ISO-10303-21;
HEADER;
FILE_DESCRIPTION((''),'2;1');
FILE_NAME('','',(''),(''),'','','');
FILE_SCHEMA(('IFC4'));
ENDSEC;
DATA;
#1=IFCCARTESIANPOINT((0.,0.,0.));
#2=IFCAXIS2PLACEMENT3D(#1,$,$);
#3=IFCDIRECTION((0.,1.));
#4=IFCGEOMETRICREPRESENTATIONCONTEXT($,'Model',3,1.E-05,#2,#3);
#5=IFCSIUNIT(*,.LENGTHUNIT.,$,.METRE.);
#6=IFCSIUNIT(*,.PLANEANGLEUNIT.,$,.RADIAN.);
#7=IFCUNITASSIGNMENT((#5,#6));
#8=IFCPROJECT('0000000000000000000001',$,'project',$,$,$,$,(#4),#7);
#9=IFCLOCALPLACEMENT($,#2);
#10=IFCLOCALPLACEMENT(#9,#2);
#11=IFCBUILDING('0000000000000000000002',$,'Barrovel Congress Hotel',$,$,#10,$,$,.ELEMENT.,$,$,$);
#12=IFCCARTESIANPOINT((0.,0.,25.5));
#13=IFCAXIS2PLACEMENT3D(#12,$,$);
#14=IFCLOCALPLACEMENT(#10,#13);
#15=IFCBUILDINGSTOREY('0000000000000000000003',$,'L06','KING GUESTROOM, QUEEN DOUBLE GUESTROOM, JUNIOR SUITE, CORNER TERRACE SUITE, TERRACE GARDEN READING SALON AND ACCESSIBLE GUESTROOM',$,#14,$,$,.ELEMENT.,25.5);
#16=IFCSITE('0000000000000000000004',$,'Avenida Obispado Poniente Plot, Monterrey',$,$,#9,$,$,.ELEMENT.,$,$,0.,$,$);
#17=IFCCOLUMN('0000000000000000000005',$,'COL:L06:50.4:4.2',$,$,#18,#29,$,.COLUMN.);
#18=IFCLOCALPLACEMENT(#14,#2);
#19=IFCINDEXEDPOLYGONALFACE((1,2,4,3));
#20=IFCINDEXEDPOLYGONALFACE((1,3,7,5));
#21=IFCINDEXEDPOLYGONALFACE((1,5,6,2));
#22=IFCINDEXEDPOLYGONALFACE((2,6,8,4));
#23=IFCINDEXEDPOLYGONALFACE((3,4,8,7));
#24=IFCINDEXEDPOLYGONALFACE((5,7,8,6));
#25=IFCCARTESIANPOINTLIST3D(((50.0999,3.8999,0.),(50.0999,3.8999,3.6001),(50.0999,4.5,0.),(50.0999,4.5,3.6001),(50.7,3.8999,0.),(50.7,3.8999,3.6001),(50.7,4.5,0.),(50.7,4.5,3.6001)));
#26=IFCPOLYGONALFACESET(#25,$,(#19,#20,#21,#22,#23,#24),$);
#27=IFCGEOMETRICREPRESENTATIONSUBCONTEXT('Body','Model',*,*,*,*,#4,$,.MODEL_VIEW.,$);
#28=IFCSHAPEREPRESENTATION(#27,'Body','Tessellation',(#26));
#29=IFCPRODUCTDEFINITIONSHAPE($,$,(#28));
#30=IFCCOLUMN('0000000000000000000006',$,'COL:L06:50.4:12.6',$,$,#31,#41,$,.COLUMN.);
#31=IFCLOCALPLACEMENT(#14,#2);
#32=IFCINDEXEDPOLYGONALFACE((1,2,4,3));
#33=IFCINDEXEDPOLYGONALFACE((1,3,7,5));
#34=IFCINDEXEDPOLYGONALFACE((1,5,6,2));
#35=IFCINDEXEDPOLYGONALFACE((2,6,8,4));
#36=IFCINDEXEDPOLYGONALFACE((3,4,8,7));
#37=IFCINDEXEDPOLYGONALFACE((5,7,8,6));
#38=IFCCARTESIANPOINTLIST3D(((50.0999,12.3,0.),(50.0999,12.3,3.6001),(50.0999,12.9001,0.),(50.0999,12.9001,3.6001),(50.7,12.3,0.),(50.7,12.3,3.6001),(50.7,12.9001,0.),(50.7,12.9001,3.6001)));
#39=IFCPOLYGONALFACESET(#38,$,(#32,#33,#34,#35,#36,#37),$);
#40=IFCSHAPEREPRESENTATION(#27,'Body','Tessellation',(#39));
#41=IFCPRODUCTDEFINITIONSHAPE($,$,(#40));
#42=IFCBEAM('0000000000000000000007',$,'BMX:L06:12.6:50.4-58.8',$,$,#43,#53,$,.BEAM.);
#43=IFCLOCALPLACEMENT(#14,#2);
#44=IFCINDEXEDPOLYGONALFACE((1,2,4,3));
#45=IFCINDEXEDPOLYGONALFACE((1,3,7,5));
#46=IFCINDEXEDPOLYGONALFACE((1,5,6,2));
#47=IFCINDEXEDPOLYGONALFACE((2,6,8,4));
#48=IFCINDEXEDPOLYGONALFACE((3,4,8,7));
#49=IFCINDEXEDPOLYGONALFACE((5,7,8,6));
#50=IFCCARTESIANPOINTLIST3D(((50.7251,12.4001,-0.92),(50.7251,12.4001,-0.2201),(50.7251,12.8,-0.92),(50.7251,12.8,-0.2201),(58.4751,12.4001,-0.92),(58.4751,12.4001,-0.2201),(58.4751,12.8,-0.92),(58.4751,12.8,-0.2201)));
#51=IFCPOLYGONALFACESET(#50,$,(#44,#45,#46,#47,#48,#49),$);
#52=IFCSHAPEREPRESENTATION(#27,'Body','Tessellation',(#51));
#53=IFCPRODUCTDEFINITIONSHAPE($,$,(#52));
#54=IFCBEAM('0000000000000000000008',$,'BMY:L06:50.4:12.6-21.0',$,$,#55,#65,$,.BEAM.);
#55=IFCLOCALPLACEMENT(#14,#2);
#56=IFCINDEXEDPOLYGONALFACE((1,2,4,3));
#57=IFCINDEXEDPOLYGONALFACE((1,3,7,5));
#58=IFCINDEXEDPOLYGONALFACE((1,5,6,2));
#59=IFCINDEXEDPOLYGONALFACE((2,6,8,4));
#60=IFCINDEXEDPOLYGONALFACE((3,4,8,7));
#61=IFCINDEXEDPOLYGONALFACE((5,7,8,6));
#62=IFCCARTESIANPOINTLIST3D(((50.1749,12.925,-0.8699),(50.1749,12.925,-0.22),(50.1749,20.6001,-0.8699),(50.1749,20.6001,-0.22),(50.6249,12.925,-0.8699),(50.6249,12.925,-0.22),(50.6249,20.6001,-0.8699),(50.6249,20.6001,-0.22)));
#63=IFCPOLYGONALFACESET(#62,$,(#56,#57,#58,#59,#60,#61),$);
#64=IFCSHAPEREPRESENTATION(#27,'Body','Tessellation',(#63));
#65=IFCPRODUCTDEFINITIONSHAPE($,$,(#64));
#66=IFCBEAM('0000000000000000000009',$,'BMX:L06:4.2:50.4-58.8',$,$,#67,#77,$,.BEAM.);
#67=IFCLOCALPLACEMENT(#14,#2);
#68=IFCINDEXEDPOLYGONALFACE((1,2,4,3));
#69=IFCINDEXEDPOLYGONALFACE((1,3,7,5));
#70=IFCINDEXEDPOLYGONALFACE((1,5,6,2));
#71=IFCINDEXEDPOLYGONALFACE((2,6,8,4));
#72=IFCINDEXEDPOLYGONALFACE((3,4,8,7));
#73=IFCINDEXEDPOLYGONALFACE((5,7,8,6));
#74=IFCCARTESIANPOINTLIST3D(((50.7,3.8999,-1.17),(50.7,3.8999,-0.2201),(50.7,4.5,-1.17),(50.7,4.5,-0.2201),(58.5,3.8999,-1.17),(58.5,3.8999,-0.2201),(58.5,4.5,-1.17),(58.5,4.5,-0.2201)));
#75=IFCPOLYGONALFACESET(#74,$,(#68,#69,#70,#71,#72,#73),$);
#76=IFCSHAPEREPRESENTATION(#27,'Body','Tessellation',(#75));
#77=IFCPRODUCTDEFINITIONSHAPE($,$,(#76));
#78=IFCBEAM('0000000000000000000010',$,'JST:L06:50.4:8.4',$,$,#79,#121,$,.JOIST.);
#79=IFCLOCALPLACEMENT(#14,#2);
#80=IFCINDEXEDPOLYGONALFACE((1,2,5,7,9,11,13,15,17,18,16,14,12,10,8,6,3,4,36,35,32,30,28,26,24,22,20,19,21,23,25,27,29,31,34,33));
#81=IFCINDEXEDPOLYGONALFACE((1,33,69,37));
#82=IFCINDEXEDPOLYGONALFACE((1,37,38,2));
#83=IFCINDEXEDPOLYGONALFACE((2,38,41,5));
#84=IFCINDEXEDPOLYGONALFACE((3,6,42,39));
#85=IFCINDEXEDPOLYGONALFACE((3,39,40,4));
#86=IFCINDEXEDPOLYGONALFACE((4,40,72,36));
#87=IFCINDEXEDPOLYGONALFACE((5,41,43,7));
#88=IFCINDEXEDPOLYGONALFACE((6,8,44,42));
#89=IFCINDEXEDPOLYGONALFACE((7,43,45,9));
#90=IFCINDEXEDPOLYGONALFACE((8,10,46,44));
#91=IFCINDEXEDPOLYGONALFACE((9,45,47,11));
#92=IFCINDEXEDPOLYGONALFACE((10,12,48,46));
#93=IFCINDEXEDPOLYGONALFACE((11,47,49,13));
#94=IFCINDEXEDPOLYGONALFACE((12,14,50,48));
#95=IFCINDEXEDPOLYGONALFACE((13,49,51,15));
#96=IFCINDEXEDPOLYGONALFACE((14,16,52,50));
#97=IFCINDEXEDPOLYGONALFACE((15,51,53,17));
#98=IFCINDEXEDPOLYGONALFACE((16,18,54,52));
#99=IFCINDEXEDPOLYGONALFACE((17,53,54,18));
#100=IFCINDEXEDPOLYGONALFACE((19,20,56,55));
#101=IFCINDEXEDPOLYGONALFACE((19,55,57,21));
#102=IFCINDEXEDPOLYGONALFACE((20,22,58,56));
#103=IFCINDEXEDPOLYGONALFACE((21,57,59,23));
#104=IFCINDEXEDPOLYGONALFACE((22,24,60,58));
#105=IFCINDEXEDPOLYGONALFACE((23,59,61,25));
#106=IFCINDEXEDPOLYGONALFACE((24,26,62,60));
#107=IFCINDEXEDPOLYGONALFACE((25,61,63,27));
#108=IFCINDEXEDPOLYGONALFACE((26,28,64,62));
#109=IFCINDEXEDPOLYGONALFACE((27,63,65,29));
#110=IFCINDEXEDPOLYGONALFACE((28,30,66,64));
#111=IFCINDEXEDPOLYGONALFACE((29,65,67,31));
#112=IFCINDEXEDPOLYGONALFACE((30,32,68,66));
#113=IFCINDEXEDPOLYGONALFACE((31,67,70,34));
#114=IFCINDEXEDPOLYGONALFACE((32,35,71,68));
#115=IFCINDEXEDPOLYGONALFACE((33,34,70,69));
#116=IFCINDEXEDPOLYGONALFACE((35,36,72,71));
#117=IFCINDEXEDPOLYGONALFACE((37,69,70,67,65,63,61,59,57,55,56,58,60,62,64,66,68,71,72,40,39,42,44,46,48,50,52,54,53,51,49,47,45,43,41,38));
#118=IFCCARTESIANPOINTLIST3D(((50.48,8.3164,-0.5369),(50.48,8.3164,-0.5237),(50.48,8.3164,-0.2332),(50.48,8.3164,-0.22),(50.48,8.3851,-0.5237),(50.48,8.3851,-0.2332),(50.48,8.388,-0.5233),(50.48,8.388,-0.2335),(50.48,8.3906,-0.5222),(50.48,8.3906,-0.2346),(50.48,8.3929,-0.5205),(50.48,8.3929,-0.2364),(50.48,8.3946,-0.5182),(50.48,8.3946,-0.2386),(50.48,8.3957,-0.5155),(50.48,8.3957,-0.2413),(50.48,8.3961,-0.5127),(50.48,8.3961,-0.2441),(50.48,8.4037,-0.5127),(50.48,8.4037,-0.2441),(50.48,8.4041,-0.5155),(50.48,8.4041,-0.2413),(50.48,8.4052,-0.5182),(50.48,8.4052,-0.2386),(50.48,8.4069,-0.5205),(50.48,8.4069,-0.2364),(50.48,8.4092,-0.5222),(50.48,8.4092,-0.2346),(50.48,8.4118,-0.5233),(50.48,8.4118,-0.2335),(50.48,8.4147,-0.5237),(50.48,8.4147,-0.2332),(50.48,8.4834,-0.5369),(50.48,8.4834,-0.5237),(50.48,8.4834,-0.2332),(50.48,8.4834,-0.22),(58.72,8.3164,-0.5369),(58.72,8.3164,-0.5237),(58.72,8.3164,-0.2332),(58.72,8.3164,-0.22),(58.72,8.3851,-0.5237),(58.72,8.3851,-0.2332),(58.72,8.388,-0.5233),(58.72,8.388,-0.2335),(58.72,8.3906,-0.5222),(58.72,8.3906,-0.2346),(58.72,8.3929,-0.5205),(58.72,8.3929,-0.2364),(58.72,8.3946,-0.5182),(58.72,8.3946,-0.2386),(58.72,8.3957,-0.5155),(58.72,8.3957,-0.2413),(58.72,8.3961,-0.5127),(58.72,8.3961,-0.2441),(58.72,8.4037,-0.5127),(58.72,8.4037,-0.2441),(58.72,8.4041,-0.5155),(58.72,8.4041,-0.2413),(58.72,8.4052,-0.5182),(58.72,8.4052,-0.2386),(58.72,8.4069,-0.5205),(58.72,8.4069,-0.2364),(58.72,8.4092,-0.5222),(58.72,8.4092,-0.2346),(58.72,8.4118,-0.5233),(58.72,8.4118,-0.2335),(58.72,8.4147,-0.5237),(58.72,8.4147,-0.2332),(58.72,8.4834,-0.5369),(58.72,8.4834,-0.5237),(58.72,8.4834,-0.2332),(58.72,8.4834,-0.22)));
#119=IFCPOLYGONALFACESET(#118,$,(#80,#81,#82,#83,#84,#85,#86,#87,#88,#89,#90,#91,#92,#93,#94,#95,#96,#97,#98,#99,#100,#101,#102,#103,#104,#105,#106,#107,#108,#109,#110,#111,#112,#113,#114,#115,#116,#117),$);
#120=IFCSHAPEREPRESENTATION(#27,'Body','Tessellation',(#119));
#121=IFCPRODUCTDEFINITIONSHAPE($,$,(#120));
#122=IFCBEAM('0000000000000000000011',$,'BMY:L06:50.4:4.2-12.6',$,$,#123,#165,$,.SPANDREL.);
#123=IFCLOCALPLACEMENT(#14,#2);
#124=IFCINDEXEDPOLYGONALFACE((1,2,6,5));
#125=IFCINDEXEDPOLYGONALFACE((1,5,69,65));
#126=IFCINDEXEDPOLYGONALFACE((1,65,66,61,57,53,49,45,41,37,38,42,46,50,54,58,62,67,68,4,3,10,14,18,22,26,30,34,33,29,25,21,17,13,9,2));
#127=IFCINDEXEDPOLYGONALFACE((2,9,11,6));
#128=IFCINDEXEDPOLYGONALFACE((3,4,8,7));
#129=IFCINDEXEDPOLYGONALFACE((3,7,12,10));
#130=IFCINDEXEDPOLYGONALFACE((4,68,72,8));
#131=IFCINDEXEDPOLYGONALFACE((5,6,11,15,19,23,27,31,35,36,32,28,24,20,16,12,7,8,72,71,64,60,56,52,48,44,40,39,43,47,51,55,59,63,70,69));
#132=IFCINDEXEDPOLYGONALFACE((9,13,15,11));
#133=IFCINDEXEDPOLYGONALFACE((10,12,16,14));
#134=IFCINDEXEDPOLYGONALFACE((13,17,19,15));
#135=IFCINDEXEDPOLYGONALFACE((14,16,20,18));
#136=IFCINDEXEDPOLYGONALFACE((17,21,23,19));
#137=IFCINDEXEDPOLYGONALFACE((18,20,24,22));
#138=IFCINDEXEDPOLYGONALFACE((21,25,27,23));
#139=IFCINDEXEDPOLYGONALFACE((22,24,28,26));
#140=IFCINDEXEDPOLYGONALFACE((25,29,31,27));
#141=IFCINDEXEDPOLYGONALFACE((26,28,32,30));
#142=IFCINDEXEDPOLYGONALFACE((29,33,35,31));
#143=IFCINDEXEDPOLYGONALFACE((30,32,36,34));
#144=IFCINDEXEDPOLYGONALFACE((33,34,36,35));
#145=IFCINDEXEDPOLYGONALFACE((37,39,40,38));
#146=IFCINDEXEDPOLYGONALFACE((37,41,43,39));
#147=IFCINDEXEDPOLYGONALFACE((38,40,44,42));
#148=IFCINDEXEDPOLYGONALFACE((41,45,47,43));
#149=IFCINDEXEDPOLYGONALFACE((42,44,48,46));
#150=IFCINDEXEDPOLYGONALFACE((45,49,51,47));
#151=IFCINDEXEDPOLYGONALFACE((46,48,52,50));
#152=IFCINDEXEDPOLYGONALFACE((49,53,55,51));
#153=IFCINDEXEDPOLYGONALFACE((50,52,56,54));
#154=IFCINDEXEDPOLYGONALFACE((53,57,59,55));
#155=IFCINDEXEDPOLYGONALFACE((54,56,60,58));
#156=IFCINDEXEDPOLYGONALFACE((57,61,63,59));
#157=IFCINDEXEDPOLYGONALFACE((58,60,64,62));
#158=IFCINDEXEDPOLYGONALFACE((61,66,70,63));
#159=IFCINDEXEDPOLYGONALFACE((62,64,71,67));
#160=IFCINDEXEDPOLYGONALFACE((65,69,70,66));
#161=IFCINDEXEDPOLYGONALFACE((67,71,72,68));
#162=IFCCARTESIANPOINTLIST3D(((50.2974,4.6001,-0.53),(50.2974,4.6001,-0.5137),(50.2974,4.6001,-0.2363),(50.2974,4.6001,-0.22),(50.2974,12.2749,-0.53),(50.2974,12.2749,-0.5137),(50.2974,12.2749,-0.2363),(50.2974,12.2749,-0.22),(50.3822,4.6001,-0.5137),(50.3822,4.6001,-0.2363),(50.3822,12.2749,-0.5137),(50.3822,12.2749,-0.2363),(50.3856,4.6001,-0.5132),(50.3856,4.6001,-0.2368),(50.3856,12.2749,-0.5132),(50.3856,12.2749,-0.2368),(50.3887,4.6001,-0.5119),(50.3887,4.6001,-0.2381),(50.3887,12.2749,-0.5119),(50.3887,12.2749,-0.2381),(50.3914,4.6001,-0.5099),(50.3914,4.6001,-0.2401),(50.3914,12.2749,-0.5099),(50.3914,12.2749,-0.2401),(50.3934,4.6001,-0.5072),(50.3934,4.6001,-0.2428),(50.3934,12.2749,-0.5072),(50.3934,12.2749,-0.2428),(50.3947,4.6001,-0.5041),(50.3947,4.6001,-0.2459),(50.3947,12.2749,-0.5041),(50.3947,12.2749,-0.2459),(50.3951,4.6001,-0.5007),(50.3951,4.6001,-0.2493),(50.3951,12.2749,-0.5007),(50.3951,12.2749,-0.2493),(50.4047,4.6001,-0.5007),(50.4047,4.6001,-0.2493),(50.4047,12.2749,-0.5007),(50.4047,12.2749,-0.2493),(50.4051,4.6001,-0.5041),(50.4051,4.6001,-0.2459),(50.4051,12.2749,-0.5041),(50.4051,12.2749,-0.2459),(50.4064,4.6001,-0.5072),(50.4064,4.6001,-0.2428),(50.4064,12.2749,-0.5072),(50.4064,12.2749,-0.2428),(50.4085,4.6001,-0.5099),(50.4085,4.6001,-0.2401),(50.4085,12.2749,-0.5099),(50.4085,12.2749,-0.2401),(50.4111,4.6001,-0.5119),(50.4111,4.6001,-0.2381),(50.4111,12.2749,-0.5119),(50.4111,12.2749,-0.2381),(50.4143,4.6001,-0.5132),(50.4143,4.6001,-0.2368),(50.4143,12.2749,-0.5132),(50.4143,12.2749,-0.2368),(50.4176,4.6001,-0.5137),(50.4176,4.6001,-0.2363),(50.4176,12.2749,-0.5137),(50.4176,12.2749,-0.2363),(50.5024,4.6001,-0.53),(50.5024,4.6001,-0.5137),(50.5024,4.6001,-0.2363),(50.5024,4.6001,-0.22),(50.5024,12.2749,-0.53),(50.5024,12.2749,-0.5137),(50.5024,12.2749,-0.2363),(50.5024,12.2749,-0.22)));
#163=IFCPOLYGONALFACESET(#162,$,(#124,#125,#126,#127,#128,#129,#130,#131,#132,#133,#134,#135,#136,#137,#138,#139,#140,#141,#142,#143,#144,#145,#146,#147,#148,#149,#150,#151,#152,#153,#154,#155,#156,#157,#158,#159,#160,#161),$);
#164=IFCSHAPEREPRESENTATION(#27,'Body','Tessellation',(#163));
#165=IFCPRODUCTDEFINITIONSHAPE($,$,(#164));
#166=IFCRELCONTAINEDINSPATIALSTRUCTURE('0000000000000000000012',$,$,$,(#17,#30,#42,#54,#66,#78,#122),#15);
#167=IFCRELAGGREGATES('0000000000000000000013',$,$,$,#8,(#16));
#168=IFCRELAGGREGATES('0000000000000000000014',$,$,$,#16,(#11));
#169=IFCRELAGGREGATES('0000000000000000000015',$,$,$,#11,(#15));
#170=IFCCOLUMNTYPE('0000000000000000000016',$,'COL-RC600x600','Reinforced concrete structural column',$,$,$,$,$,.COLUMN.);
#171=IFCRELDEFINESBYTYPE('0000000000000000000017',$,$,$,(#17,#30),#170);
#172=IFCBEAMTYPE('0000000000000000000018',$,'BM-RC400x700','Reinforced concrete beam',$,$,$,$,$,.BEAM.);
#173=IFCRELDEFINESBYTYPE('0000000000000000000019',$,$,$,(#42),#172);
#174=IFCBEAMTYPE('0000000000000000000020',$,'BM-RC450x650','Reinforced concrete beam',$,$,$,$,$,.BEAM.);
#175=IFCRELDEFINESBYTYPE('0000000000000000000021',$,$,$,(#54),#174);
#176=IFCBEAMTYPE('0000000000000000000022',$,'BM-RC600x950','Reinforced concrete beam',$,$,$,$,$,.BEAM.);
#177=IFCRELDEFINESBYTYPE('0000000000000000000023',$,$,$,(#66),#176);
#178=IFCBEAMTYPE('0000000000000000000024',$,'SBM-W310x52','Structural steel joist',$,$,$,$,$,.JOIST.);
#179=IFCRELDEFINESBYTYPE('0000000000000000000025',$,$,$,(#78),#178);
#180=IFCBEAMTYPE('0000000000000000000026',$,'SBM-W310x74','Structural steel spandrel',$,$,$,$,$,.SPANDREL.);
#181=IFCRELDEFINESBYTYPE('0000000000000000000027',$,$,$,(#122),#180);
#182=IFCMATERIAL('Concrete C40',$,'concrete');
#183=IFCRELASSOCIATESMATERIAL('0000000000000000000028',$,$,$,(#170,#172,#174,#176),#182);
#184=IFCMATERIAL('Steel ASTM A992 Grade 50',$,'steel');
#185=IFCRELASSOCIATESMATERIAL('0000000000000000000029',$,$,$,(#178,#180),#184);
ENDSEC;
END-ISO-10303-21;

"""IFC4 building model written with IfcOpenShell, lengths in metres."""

from ifc_helpers import new_model, si_unit, direction, frame, origin, origin_2d, place, context, subcontext, project, spatial, rectangle, i_section, extrude, material, material_profile, profile_set, type_object, element, save


model = new_model("IFC4")

# Units and contexts
model_context = context("Model", 3, precision=1e-05, world=origin(), true_north=direction((0.0, 1.0)))
body_context = subcontext(model_context, "Body", "Model", "MODEL_VIEW")
ifc_project = project(units=[si_unit("LENGTHUNIT", "METRE"), si_unit("PLANEANGLEUNIT", "RADIAN")], contexts=[model_context])

# Site, building, storey
site_placement = place(None, origin())
site = spatial("IfcSite", under=ifc_project, at=site_placement, Name="Avenida Obispado Poniente Plot, Monterrey", CompositionType="ELEMENT", RefElevation=0.0)
building_placement = place(site_placement, origin())
building = spatial("IfcBuilding", under=site, at=building_placement, Name="Barrovel Congress Hotel", CompositionType="ELEMENT")
storey_placement = place(building_placement, frame((0.0, 0.0, 25.5)))
storey = spatial("IfcBuildingStorey", under=building, at=storey_placement, Name="L06", Description="KING GUESTROOM, QUEEN DOUBLE GUESTROOM, JUNIOR SUITE, CORNER TERRACE SUITE, TERRACE GARDEN READING SALON AND ACCESSIBLE GUESTROOM", CompositionType="ELEMENT", Elevation=25.5)

# Columns
ifc_material_1 = material(Name="Concrete C40", Category="concrete")
ifc_material_profile_1 = material_profile(ifc_material_1, rectangle(XDim=0.6001, YDim=0.6001, at=origin_2d()), Name="RC600x600")
ifc_profile_set_1 = profile_set([ifc_material_profile_1], Name="Concrete C40")
column_type = type_object("IfcColumnType", Name="COL-RC600x600", Description="Reinforced concrete structural column", PredefinedType="COLUMN", material=ifc_profile_set_1)
for number, where, z_axis, x_axis, name in (
    (1, (50.3999, 4.2, 0.0), (0.0, 0.0, 1.0), (1.0, 0.0, 0.0), "COL:L06:50.4:4.2"),
    (2, (50.3999, 12.6001, 0.0), (0.0, 0.0, 1.0), (1.0, 0.0, 0.0), "COL:L06:50.4:12.6"),
):
    element("IfcColumn", number, at=place(storey_placement, frame(where, z_axis=z_axis, x_axis=x_axis)), inside=storey, type_object=column_type, Name=name, PredefinedType="COLUMN", context=body_context, shape_type="SweptSolid", body=[
        extrude(rectangle(XDim=0.6001, YDim=0.6001, at=origin_2d()), origin(), (0.0, 0.0, 1.0), 3.6001),
    ])

# Beams
ifc_material_profile_2 = material_profile(ifc_material_1, rectangle(XDim=0.3999, YDim=0.7, at=origin_2d()), Name="RC400x700")
ifc_profile_set_2 = profile_set([ifc_material_profile_2], Name="Concrete C40")
beam_type_1 = type_object("IfcBeamType", Name="BM-RC400x700", Description="Reinforced concrete beam", PredefinedType="BEAM", material=ifc_profile_set_2)
beam_1_placement = place(storey_placement, frame((50.7251, 12.6001, -0.5701), z_axis=(1.0, 0.0, 0.0), x_axis=(0.0, 1.0, 0.0)))
element("IfcBeam", 3, at=beam_1_placement, inside=storey, type_object=beam_type_1, Name="BMX:L06:12.6:50.4-58.8", PredefinedType="BEAM", context=body_context, shape_type="SweptSolid", body=[
    extrude(rectangle(XDim=0.3999, YDim=0.7, at=origin_2d()), origin(), (0.0, 0.0, 1.0), 7.75),
])
ifc_material_profile_3 = material_profile(ifc_material_1, rectangle(XDim=0.45, YDim=0.6499, at=origin_2d()), Name="RC450x650")
ifc_profile_set_3 = profile_set([ifc_material_profile_3], Name="Concrete C40")
beam_type_2 = type_object("IfcBeamType", Name="BM-RC450x650", Description="Reinforced concrete beam", PredefinedType="BEAM", material=ifc_profile_set_3)
beam_2_placement = place(storey_placement, frame((50.3999, 12.925, -0.5449), z_axis=(0.0, 1.0, 0.0), x_axis=(-1.0, 0.0, 0.0)))
element("IfcBeam", 4, at=beam_2_placement, inside=storey, type_object=beam_type_2, Name="BMY:L06:50.4:12.6-21.0", PredefinedType="BEAM", context=body_context, shape_type="SweptSolid", body=[
    extrude(rectangle(XDim=0.45, YDim=0.6499, at=origin_2d()), origin(), (0.0, 0.0, 1.0), 7.675),
])
ifc_material_profile_4 = material_profile(ifc_material_1, rectangle(XDim=0.6001, YDim=0.95, at=origin_2d()), Name="RC600x950")
ifc_profile_set_4 = profile_set([ifc_material_profile_4], Name="Concrete C40")
beam_type_3 = type_object("IfcBeamType", Name="BM-RC600x950", Description="Reinforced concrete beam", PredefinedType="BEAM", material=ifc_profile_set_4)
beam_3_placement = place(storey_placement, frame((50.7, 4.2, -0.6951), z_axis=(1.0, 0.0, 0.0), x_axis=(0.0, 1.0, 0.0)))
element("IfcBeam", 5, at=beam_3_placement, inside=storey, type_object=beam_type_3, Name="BMX:L06:4.2:50.4-58.8", PredefinedType="BEAM", context=body_context, shape_type="SweptSolid", body=[
    extrude(rectangle(XDim=0.6001, YDim=0.95, at=origin_2d()), origin(), (0.0, 0.0, 1.0), 7.8),
])
ifc_material_2 = material(Name="Steel ASTM A992 Grade 50", Category="steel")
ifc_material_profile_5 = material_profile(ifc_material_2, i_section(OverallWidth=0.167, OverallDepth=0.3169, WebThickness=0.0076, FlangeThickness=0.0132, FilletRadius=0.011, at=origin_2d()), Name="W310x52")
ifc_profile_set_5 = profile_set([ifc_material_profile_5], Name="Steel ASTM A992 Grade 50")
beam_type_4 = type_object("IfcBeamType", Name="SBM-W310x52", Description="Structural steel joist", PredefinedType="JOIST", material=ifc_profile_set_5)
beam_4_placement = place(storey_placement, frame((50.48, 8.3999, -0.3784), z_axis=(1.0, 0.0, 0.0), x_axis=(0.0, 1.0, 0.0)))
element("IfcBeam", 6, at=beam_4_placement, inside=storey, type_object=beam_type_4, Name="JST:L06:50.4:8.4", PredefinedType="JOIST", context=body_context, shape_type="SweptSolid", body=[
    extrude(i_section(OverallWidth=0.167, OverallDepth=0.3169, WebThickness=0.0076, FlangeThickness=0.0132, FilletRadius=0.011, at=origin_2d()), origin(), (0.0, 0.0, 1.0), 8.24),
])
ifc_material_profile_6 = material_profile(ifc_material_2, i_section(OverallWidth=0.2051, OverallDepth=0.3101, WebThickness=0.0095, FlangeThickness=0.0164, FilletRadius=0.0129, at=origin_2d()), Name="W310x74")
ifc_profile_set_6 = profile_set([ifc_material_profile_6], Name="Steel ASTM A992 Grade 50")
beam_type_5 = type_object("IfcBeamType", Name="SBM-W310x74", Description="Structural steel spandrel", PredefinedType="SPANDREL", material=ifc_profile_set_6)
beam_5_placement = place(storey_placement, frame((50.3999, 4.6001, -0.375), z_axis=(0.0, 1.0, 0.0), x_axis=(-1.0, 0.0, 0.0)))
element("IfcBeam", 7, at=beam_5_placement, inside=storey, type_object=beam_type_5, Name="BMY:L06:50.4:4.2-12.6", PredefinedType="SPANDREL", context=body_context, shape_type="SweptSolid", body=[
    extrude(i_section(OverallWidth=0.2051, OverallDepth=0.3101, WebThickness=0.0095, FlangeThickness=0.0164, FilletRadius=0.0129, at=origin_2d()), origin(), (0.0, 0.0, 1.0), 7.6748),
])

save(model, "model.ifc")
